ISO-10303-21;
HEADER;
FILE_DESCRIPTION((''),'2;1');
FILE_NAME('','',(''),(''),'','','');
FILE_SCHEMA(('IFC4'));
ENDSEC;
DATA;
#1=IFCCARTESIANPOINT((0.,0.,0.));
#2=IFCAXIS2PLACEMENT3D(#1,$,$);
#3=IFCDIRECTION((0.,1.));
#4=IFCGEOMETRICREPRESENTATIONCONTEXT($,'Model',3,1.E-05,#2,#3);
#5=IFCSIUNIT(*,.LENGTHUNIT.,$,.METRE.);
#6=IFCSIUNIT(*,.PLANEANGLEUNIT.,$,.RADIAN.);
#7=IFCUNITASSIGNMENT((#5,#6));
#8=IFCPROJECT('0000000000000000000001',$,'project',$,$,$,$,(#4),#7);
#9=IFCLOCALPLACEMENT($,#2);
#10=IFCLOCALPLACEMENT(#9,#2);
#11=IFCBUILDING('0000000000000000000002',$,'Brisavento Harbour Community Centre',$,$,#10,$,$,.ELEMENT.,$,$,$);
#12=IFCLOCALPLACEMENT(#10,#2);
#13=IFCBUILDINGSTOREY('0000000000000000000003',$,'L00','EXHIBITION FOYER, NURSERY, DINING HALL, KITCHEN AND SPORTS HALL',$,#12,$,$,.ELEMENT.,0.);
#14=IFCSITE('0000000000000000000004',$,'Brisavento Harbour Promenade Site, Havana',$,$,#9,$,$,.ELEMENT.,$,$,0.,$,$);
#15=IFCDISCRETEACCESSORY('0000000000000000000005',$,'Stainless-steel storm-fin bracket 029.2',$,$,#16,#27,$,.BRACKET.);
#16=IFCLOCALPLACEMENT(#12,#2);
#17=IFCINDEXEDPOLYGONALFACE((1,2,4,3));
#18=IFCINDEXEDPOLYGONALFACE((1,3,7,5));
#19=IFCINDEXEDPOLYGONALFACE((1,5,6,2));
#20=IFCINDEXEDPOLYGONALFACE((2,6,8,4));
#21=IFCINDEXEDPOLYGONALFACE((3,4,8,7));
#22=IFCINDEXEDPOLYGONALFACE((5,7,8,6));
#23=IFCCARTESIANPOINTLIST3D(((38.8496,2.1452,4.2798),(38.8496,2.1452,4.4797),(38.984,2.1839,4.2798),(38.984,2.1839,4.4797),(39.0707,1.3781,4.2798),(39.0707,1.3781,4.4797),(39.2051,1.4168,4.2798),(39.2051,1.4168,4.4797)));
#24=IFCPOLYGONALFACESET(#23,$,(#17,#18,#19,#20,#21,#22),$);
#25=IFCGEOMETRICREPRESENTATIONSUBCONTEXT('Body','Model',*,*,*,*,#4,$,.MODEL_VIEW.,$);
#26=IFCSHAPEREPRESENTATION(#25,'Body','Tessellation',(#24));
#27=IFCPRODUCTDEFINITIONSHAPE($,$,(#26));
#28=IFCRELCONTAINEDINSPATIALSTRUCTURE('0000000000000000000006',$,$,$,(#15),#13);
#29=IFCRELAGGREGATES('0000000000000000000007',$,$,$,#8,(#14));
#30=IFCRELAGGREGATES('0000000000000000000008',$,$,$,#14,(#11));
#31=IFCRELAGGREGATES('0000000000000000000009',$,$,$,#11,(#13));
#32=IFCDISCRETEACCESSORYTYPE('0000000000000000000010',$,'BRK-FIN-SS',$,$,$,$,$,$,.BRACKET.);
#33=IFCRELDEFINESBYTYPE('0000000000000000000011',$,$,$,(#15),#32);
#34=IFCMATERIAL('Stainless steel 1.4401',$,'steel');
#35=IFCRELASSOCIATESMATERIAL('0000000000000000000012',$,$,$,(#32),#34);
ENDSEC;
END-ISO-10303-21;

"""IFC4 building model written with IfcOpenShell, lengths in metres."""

from ifc_helpers import new_model, si_unit, direction, frame, origin, origin_2d, place, context, subcontext, project, spatial, rectangle, extrude, material, type_object, element, save


model = new_model("IFC4")

# Units and contexts
model_context = context("Model", 3, precision=1e-05, world=origin(), true_north=direction((0.0, 1.0)))
body_context = subcontext(model_context, "Body", "Model", "MODEL_VIEW")
ifc_project = project(units=[si_unit("LENGTHUNIT", "METRE"), si_unit("PLANEANGLEUNIT", "RADIAN")], contexts=[model_context])

# Site, building, storey
site_placement = place(None, origin())
site = spatial("IfcSite", under=ifc_project, at=site_placement, Name="Brisavento Harbour Promenade Site, Havana", CompositionType="ELEMENT", RefElevation=0.0)
building_placement = place(site_placement, origin())
building = spatial("IfcBuilding", under=site, at=building_placement, Name="Brisavento Harbour Community Centre", CompositionType="ELEMENT")
storey_placement = place(building_placement, origin())
storey = spatial("IfcBuildingStorey", under=building, at=storey_placement, Name="L00", Description="EXHIBITION FOYER, NURSERY, DINING HALL, KITCHEN AND SPORTS HALL", CompositionType="ELEMENT", Elevation=0.0)

# Discrete accessory
ifc_material_1 = material(Name="Stainless steel 1.4401", Category="steel")
discrete_accessory_type = type_object("IfcDiscreteAccessoryType", Name="BRK-FIN-SS", PredefinedType="BRACKET", material=ifc_material_1)
discrete_accessory_1_placement = place(storey_placement, frame((39.0273, 1.781, 4.2798), z_axis=(0.0, 0.0, 1.0), x_axis=(0.276996, -0.960871, 0.0)))
element("IfcDiscreteAccessory", 1, at=discrete_accessory_1_placement, inside=storey, type_object=discrete_accessory_type, Name="Stainless-steel storm-fin bracket 029.2", PredefinedType="BRACKET", context=body_context, shape_type="SweptSolid", body=[
    extrude(rectangle(XDim=0.7983, YDim=0.1399, at=origin_2d()), origin(), (0.0, 0.0, 1.0), 0.2),
])

save(model, "model.ifc")
